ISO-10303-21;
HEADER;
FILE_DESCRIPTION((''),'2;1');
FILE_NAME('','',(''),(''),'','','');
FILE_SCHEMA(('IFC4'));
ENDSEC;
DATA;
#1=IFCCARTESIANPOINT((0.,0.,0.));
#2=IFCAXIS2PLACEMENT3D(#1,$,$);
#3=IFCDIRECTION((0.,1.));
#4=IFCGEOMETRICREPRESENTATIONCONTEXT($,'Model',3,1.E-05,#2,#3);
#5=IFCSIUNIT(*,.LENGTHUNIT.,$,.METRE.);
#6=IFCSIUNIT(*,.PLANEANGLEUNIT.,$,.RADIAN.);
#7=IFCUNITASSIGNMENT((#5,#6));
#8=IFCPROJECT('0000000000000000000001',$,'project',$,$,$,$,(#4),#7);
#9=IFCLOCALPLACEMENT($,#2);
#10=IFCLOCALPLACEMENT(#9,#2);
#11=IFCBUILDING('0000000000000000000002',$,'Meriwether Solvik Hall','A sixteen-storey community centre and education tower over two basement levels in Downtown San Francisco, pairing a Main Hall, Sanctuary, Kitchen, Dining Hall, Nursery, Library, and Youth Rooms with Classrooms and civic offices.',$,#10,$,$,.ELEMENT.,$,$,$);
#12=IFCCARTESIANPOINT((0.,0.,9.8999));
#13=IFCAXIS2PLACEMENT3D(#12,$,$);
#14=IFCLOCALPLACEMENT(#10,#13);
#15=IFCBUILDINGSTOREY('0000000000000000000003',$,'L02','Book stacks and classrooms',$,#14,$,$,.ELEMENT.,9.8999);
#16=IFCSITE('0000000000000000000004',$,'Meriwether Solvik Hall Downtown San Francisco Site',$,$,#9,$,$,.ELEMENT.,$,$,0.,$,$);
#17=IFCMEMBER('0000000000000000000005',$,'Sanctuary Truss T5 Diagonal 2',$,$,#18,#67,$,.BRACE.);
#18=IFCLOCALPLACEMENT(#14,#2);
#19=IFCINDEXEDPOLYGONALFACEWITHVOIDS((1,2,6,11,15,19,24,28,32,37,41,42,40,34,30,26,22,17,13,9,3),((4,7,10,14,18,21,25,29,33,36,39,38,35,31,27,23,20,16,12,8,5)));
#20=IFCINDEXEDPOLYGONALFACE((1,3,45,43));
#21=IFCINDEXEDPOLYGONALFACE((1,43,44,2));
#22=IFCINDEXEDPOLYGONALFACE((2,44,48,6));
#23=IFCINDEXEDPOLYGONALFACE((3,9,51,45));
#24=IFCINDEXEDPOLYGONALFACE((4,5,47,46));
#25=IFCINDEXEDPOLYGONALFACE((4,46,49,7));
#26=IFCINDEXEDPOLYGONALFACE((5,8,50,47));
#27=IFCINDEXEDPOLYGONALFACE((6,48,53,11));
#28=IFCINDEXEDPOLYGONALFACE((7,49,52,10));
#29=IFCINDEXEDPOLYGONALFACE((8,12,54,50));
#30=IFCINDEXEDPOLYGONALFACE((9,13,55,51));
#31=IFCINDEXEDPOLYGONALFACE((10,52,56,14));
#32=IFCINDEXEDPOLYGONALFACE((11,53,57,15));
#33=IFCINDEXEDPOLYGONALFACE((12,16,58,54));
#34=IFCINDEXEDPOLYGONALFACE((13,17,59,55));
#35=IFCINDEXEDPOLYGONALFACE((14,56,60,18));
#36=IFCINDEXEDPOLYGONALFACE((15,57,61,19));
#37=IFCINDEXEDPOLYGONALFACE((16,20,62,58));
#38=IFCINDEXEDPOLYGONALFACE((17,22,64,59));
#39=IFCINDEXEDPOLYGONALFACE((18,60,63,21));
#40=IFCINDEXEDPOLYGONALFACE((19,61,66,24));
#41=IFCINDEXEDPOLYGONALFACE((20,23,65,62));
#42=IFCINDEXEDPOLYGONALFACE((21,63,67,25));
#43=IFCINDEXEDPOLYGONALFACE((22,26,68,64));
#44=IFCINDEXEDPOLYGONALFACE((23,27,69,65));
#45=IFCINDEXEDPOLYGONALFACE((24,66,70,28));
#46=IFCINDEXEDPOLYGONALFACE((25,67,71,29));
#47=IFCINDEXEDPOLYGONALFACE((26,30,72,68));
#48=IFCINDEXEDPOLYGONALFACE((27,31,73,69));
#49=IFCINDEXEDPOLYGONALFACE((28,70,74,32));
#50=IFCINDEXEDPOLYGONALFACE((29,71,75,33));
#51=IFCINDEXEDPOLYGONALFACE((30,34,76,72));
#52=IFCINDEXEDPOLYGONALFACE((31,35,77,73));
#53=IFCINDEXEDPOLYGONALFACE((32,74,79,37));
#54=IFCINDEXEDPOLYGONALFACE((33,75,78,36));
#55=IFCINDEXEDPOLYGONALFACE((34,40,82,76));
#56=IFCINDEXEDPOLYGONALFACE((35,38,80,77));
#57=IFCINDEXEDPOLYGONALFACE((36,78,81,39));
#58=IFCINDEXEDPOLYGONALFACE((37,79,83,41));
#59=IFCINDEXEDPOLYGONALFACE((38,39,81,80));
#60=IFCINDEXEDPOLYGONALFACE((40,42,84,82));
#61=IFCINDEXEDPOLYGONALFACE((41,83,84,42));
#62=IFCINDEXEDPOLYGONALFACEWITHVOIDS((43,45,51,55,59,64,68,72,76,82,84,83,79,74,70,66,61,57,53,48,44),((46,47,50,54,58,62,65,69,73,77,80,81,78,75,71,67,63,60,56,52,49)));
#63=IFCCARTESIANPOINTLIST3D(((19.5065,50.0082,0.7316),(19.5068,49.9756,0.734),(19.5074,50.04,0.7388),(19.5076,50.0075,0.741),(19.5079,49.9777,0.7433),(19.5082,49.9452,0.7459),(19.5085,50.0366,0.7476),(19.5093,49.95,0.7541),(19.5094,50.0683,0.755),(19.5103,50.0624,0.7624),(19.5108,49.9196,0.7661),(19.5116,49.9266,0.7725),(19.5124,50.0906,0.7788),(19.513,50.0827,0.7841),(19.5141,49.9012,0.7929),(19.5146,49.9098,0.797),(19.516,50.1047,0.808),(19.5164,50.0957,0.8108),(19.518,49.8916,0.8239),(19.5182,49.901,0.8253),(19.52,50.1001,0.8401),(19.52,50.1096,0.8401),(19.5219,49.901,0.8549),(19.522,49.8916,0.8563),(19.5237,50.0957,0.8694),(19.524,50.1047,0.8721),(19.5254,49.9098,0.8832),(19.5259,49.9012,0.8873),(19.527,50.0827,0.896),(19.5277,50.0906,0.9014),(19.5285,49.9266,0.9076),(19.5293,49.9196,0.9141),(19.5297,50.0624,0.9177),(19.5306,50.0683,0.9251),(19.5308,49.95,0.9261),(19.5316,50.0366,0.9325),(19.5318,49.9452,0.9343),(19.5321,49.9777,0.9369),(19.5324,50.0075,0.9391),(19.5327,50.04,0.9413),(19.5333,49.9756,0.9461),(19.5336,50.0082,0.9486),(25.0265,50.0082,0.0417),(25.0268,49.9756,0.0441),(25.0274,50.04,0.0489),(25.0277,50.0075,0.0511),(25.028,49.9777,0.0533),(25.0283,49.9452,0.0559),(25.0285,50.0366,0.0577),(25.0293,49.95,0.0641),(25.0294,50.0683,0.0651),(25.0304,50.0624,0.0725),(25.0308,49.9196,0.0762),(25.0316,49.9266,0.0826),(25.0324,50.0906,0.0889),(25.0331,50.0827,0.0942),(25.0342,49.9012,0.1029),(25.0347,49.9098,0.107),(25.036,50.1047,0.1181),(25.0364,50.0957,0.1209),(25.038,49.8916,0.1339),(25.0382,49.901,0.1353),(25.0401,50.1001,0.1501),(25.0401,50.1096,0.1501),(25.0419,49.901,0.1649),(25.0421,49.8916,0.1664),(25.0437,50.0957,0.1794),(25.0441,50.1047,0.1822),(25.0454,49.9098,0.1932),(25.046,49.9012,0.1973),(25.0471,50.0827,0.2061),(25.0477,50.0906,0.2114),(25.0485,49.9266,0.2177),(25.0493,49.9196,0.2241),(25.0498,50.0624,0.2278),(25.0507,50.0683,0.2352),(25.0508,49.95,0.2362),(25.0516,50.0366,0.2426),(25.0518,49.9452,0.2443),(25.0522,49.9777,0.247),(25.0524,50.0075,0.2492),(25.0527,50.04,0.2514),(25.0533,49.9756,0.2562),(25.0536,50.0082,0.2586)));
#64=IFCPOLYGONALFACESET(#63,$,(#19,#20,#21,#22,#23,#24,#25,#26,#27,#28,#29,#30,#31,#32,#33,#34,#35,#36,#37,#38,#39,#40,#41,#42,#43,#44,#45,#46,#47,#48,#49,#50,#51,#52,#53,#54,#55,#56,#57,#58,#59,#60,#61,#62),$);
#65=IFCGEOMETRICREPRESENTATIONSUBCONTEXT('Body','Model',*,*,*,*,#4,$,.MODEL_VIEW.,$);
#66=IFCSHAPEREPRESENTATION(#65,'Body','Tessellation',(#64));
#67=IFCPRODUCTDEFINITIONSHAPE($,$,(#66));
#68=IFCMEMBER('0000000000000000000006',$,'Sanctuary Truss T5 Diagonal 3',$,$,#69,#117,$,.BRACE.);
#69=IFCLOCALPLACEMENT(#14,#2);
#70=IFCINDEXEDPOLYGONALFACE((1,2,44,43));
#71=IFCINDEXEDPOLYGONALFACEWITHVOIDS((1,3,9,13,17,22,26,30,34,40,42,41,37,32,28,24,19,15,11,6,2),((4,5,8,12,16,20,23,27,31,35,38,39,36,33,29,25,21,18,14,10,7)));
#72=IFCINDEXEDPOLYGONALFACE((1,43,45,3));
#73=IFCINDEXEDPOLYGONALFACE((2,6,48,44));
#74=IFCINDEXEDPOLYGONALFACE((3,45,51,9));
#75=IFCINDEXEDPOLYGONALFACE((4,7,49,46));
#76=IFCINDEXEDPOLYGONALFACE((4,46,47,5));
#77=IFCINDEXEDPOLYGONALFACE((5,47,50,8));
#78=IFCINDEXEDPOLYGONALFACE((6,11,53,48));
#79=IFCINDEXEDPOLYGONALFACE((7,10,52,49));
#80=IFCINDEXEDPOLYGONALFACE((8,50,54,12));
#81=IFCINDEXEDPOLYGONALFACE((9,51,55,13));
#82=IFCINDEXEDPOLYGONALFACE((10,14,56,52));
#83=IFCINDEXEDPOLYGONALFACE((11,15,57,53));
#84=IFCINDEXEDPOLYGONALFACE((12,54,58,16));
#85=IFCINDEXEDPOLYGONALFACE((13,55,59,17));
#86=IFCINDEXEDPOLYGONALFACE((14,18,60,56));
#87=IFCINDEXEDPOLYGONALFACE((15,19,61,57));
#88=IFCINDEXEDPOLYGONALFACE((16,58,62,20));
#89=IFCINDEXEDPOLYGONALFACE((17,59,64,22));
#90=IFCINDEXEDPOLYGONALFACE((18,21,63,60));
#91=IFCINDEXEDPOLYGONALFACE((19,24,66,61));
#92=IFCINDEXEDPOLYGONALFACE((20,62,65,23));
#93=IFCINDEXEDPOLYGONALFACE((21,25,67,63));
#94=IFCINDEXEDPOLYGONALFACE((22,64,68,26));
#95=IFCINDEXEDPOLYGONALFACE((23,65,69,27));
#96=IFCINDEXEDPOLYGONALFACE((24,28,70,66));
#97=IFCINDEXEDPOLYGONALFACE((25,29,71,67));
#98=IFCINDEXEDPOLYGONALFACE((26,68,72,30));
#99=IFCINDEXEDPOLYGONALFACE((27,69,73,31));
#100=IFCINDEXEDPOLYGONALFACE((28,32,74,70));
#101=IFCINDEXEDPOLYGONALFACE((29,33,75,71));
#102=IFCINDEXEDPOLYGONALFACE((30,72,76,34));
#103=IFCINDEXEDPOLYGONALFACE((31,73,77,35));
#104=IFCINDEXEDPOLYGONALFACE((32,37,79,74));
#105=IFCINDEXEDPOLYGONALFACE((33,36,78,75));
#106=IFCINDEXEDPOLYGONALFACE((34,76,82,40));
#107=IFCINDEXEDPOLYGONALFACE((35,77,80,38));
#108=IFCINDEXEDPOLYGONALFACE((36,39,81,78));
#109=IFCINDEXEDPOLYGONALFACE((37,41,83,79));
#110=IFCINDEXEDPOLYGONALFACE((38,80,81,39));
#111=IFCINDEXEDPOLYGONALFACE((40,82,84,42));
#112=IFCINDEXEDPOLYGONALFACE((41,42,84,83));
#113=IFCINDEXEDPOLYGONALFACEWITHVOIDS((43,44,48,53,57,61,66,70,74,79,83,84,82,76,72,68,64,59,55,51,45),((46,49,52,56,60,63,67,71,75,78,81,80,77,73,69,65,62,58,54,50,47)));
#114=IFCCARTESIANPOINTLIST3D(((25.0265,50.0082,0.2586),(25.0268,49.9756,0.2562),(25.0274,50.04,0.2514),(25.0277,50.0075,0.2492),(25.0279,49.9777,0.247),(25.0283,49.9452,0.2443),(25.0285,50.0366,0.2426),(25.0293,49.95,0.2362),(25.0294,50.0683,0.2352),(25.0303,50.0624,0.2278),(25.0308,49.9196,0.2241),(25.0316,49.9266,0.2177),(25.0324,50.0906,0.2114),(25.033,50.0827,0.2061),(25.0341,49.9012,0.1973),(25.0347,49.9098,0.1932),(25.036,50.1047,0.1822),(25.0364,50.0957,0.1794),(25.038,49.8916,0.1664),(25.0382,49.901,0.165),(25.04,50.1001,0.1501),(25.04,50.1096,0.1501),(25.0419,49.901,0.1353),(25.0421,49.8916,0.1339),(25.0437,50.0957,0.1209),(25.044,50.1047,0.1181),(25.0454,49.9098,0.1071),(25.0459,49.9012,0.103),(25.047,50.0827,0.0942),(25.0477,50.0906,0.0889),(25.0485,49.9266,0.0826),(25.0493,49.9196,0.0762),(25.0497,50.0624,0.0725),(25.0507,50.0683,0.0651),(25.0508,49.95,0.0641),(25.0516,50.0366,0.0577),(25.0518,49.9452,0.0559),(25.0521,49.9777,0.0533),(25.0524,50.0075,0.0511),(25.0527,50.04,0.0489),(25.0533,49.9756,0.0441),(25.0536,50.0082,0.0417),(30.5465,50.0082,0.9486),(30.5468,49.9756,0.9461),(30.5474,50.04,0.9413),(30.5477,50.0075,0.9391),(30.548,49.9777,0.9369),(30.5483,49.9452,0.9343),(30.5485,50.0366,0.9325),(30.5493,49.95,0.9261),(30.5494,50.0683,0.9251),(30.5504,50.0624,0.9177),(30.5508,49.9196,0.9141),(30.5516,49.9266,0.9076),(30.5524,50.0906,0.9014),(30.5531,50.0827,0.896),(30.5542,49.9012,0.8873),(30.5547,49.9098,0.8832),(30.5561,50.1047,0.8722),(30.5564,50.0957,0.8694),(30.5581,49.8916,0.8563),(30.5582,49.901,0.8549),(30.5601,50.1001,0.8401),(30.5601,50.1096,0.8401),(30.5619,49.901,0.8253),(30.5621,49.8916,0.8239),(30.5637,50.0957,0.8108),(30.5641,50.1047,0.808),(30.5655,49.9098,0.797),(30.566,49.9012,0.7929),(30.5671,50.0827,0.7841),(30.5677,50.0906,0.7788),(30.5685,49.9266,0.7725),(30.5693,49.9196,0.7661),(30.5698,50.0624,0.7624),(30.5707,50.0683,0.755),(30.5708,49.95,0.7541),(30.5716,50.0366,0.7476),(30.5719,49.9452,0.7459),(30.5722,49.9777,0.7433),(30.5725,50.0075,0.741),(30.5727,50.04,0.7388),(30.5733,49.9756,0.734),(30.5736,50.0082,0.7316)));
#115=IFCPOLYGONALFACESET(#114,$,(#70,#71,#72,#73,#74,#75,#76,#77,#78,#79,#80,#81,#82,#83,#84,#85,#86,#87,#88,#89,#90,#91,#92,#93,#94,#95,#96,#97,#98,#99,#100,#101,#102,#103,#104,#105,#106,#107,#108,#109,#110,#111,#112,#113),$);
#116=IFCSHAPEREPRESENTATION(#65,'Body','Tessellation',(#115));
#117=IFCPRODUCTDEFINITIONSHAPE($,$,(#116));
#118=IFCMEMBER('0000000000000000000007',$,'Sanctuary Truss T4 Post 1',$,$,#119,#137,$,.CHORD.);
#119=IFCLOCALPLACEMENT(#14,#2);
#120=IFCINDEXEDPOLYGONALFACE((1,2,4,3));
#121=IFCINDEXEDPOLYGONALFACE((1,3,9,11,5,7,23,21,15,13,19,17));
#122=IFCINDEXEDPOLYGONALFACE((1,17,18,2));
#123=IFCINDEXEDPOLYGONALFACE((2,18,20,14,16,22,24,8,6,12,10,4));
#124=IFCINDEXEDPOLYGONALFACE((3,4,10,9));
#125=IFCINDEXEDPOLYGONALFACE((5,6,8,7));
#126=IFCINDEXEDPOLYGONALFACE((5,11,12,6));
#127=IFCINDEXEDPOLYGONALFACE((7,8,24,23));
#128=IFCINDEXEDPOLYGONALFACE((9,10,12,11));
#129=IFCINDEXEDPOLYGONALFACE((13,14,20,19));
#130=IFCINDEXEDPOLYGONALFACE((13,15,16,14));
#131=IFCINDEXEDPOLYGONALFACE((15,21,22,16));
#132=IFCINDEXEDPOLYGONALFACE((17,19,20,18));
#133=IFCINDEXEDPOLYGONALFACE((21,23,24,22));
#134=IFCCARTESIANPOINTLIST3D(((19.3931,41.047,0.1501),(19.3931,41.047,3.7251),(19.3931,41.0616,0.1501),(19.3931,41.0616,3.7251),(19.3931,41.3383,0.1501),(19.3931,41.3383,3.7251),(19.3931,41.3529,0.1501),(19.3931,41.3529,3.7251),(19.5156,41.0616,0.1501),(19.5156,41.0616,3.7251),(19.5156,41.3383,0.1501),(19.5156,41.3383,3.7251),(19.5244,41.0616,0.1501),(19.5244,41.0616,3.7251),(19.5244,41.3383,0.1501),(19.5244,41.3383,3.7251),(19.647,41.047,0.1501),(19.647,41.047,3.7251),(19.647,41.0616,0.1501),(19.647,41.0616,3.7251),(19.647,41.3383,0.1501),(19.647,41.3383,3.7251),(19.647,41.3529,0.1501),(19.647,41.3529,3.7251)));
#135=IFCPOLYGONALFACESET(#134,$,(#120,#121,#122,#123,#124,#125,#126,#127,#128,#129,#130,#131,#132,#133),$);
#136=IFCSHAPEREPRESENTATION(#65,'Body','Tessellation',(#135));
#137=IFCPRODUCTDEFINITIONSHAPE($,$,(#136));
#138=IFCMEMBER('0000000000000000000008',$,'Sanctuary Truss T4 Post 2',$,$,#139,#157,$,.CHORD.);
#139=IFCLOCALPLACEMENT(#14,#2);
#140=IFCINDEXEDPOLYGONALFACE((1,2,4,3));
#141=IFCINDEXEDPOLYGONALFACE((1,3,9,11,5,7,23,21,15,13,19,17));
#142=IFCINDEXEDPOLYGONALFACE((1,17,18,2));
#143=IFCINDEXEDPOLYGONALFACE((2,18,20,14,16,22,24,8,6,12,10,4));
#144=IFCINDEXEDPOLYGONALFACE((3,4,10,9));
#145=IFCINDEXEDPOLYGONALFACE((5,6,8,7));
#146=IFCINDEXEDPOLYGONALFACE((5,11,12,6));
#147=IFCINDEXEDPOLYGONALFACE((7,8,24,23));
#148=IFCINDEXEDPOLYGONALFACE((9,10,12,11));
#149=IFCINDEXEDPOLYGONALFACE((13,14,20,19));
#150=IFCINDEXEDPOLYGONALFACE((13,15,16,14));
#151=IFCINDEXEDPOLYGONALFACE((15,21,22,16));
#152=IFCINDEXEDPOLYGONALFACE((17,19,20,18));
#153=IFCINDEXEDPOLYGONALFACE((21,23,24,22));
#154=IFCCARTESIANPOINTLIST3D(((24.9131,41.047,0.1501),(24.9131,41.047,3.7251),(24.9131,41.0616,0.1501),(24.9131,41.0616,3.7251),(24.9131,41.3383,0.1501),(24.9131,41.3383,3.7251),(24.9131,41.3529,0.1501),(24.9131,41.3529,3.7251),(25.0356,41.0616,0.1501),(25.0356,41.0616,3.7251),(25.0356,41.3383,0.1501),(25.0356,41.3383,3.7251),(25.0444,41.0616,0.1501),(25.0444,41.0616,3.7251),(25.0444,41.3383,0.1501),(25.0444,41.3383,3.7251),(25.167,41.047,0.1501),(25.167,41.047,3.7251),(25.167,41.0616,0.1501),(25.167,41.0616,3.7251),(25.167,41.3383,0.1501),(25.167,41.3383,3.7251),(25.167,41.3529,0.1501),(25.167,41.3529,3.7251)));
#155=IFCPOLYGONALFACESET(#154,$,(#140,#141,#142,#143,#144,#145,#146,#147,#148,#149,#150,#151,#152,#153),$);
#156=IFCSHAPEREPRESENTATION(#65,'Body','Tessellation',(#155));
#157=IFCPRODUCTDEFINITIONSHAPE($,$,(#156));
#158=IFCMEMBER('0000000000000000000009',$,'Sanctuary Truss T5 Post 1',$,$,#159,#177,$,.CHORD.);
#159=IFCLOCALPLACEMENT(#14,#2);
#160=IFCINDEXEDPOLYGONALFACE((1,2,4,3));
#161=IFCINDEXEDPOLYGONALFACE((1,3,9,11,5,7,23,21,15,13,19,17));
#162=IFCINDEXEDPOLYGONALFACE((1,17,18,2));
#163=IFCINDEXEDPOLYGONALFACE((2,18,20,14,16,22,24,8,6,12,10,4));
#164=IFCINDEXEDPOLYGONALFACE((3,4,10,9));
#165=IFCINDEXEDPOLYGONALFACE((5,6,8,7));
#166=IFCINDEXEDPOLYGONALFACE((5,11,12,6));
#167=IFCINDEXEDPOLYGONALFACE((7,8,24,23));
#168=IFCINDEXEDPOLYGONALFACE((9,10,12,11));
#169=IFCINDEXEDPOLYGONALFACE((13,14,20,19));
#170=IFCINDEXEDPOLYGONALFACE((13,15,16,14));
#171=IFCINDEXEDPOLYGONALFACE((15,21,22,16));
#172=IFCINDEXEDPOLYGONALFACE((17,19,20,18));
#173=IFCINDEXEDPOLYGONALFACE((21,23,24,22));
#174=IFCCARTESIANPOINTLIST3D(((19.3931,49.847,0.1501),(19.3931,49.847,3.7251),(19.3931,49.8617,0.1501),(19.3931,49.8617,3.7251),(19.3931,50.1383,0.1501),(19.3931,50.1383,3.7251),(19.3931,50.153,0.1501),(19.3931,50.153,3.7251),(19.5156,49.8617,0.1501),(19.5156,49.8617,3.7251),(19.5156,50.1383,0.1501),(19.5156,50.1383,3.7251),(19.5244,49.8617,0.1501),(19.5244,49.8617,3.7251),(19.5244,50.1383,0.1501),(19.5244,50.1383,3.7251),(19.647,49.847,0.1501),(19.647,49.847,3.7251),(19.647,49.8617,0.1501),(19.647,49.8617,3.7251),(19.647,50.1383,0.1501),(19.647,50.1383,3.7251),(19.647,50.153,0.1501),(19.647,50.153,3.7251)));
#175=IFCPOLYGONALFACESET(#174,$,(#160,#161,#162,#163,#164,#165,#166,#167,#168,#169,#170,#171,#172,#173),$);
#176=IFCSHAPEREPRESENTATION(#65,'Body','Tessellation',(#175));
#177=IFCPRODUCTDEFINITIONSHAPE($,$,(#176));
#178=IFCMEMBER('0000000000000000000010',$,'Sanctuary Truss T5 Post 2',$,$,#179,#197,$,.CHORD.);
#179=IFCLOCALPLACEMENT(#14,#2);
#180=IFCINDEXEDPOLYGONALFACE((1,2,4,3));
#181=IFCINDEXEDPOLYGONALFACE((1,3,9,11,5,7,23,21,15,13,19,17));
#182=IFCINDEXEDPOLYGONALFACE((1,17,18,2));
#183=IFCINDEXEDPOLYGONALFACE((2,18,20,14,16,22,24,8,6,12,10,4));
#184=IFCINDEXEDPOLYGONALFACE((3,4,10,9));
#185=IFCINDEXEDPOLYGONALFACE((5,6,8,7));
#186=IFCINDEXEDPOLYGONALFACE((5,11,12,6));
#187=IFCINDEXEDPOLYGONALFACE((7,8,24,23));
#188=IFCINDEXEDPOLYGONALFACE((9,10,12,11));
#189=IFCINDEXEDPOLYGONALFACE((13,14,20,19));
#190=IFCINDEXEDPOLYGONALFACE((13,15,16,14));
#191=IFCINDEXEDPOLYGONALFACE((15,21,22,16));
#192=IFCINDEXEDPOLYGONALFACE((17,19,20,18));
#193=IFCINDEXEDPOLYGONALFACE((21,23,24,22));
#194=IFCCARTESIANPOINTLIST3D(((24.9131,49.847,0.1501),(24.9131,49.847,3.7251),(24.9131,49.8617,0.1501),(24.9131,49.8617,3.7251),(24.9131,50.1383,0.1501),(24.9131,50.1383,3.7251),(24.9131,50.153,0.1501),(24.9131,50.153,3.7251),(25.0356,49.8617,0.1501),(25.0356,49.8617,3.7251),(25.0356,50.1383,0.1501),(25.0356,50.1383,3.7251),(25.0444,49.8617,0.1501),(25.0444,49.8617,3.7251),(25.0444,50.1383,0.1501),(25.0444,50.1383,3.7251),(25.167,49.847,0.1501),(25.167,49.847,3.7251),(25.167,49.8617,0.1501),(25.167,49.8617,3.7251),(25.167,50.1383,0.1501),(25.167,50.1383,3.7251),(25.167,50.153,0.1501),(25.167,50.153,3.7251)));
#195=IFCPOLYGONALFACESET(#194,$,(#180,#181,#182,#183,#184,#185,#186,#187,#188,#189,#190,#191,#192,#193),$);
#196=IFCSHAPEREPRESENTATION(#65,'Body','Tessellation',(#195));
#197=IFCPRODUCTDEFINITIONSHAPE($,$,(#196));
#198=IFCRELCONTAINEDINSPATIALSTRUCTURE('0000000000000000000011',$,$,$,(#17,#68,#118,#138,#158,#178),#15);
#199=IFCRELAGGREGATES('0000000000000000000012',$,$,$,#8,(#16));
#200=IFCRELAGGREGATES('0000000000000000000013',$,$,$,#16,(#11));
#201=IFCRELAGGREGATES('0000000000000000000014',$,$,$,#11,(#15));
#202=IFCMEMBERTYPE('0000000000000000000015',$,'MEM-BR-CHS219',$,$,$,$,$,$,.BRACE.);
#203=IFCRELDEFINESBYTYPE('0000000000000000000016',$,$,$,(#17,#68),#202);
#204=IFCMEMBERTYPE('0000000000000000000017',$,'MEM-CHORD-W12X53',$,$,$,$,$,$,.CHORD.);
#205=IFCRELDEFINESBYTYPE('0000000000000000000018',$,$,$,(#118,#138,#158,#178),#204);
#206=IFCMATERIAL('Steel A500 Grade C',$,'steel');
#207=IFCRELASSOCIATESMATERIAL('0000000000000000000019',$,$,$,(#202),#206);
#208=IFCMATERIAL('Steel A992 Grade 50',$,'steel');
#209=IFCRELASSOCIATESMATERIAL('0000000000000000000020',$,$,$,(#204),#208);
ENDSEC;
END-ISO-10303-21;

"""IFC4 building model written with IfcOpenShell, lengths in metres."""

from ifc_helpers import new_model, si_unit, direction, frame, origin, origin_2d, place, context, subcontext, project, spatial, hollow_circle, i_section, extrude, material, material_profile, profile_set, type_object, element, save


model = new_model("IFC4")

# Units and contexts
model_context = context("Model", 3, precision=1e-05, world=origin(), true_north=direction((0.0, 1.0)))
body_context = subcontext(model_context, "Body", "Model", "MODEL_VIEW")
ifc_project = project(units=[si_unit("LENGTHUNIT", "METRE"), si_unit("PLANEANGLEUNIT", "RADIAN")], contexts=[model_context])

# Site, building, storey
site_placement = place(None, origin())
site = spatial("IfcSite", under=ifc_project, at=site_placement, Name="Meriwether Solvik Hall Downtown San Francisco Site", CompositionType="ELEMENT", RefElevation=0.0)
building_placement = place(site_placement, origin())
building = spatial("IfcBuilding", under=site, at=building_placement, Name="Meriwether Solvik Hall", Description="A sixteen-storey community centre and education tower over two basement levels in Downtown San Francisco, pairing a Main Hall, Sanctuary, Kitchen, Dining Hall, Nursery, Library, and Youth Rooms with Classrooms and civic offices.", CompositionType="ELEMENT")
storey_placement = place(building_placement, frame((0.0, 0.0, 9.8999)))
storey = spatial("IfcBuildingStorey", under=building, at=storey_placement, Name="L02", Description="Book stacks and classrooms", CompositionType="ELEMENT", Elevation=9.8999)

# Members
ifc_material_1 = material(Name="Steel A500 Grade C", Category="steel")
ifc_material_profile_1 = material_profile(ifc_material_1, hollow_circle(Radius=0.1096, WallThickness=0.0095, at=origin_2d()), Name="CHS219X9.5")
ifc_profile_set_1 = profile_set([ifc_material_profile_1], Name="Steel A500 Grade C")
member_type_1 = type_object("IfcMemberType", Name="MEM-BR-CHS219", PredefinedType="BRACE", material=ifc_profile_set_1)
for number, where, z_axis, x_axis, name in (
    (1, (19.52, 50.0, 0.8401), (0.992279, 0.0, -0.124024), (0.0, 1.0, 0.0), "Sanctuary Truss T5 Diagonal 2"),
    (2, (25.04, 50.0, 0.1501), (0.992279, 0.0, 0.124024), (0.0, 1.0, 0.0), "Sanctuary Truss T5 Diagonal 3"),
):
    element("IfcMember", number, at=place(storey_placement, frame(where, z_axis=z_axis, x_axis=x_axis)), inside=storey, type_object=member_type_1, Name=name, PredefinedType="BRACE", context=body_context, shape_type="SweptSolid", body=[
        extrude(hollow_circle(Radius=0.1096, WallThickness=0.0095, at=origin_2d()), origin(), (0.0, 0.0, 1.0), 5.563),
    ])
ifc_material_2 = material(Name="Steel A992 Grade 50", Category="steel")
ifc_material_profile_2 = material_profile(ifc_material_2, i_section(OverallWidth=0.2539, OverallDepth=0.3059, WebThickness=0.0088, FlangeThickness=0.0146, at=origin_2d()), Name="W12X53")
ifc_profile_set_2 = profile_set([ifc_material_profile_2], Name="Steel A992 Grade 50")
member_type_2 = type_object("IfcMemberType", Name="MEM-CHORD-W12X53", PredefinedType="CHORD", material=ifc_profile_set_2)
for number, where, z_axis, x_axis, name in (
    (3, (19.52, 41.2, 0.1501), (0.0, 0.0, 1.0), (1.0, 0.0, 0.0), "Sanctuary Truss T4 Post 1"),
    (4, (25.04, 41.2, 0.1501), (0.0, 0.0, 1.0), (1.0, 0.0, 0.0), "Sanctuary Truss T4 Post 2"),
    (5, (19.52, 50.0, 0.1501), (0.0, 0.0, 1.0), (1.0, 0.0, 0.0), "Sanctuary Truss T5 Post 1"),
    (6, (25.04, 50.0, 0.1501), (0.0, 0.0, 1.0), (1.0, 0.0, 0.0), "Sanctuary Truss T5 Post 2"),
):
    element("IfcMember", number, at=place(storey_placement, frame(where, z_axis=z_axis, x_axis=x_axis)), inside=storey, type_object=member_type_2, Name=name, PredefinedType="CHORD", context=body_context, shape_type="SweptSolid", body=[
        extrude(i_section(OverallWidth=0.2539, OverallDepth=0.3059, WebThickness=0.0088, FlangeThickness=0.0146, at=origin_2d()), origin(), (0.0, 0.0, 1.0), 3.575),
    ])

save(model, "model.ifc")
